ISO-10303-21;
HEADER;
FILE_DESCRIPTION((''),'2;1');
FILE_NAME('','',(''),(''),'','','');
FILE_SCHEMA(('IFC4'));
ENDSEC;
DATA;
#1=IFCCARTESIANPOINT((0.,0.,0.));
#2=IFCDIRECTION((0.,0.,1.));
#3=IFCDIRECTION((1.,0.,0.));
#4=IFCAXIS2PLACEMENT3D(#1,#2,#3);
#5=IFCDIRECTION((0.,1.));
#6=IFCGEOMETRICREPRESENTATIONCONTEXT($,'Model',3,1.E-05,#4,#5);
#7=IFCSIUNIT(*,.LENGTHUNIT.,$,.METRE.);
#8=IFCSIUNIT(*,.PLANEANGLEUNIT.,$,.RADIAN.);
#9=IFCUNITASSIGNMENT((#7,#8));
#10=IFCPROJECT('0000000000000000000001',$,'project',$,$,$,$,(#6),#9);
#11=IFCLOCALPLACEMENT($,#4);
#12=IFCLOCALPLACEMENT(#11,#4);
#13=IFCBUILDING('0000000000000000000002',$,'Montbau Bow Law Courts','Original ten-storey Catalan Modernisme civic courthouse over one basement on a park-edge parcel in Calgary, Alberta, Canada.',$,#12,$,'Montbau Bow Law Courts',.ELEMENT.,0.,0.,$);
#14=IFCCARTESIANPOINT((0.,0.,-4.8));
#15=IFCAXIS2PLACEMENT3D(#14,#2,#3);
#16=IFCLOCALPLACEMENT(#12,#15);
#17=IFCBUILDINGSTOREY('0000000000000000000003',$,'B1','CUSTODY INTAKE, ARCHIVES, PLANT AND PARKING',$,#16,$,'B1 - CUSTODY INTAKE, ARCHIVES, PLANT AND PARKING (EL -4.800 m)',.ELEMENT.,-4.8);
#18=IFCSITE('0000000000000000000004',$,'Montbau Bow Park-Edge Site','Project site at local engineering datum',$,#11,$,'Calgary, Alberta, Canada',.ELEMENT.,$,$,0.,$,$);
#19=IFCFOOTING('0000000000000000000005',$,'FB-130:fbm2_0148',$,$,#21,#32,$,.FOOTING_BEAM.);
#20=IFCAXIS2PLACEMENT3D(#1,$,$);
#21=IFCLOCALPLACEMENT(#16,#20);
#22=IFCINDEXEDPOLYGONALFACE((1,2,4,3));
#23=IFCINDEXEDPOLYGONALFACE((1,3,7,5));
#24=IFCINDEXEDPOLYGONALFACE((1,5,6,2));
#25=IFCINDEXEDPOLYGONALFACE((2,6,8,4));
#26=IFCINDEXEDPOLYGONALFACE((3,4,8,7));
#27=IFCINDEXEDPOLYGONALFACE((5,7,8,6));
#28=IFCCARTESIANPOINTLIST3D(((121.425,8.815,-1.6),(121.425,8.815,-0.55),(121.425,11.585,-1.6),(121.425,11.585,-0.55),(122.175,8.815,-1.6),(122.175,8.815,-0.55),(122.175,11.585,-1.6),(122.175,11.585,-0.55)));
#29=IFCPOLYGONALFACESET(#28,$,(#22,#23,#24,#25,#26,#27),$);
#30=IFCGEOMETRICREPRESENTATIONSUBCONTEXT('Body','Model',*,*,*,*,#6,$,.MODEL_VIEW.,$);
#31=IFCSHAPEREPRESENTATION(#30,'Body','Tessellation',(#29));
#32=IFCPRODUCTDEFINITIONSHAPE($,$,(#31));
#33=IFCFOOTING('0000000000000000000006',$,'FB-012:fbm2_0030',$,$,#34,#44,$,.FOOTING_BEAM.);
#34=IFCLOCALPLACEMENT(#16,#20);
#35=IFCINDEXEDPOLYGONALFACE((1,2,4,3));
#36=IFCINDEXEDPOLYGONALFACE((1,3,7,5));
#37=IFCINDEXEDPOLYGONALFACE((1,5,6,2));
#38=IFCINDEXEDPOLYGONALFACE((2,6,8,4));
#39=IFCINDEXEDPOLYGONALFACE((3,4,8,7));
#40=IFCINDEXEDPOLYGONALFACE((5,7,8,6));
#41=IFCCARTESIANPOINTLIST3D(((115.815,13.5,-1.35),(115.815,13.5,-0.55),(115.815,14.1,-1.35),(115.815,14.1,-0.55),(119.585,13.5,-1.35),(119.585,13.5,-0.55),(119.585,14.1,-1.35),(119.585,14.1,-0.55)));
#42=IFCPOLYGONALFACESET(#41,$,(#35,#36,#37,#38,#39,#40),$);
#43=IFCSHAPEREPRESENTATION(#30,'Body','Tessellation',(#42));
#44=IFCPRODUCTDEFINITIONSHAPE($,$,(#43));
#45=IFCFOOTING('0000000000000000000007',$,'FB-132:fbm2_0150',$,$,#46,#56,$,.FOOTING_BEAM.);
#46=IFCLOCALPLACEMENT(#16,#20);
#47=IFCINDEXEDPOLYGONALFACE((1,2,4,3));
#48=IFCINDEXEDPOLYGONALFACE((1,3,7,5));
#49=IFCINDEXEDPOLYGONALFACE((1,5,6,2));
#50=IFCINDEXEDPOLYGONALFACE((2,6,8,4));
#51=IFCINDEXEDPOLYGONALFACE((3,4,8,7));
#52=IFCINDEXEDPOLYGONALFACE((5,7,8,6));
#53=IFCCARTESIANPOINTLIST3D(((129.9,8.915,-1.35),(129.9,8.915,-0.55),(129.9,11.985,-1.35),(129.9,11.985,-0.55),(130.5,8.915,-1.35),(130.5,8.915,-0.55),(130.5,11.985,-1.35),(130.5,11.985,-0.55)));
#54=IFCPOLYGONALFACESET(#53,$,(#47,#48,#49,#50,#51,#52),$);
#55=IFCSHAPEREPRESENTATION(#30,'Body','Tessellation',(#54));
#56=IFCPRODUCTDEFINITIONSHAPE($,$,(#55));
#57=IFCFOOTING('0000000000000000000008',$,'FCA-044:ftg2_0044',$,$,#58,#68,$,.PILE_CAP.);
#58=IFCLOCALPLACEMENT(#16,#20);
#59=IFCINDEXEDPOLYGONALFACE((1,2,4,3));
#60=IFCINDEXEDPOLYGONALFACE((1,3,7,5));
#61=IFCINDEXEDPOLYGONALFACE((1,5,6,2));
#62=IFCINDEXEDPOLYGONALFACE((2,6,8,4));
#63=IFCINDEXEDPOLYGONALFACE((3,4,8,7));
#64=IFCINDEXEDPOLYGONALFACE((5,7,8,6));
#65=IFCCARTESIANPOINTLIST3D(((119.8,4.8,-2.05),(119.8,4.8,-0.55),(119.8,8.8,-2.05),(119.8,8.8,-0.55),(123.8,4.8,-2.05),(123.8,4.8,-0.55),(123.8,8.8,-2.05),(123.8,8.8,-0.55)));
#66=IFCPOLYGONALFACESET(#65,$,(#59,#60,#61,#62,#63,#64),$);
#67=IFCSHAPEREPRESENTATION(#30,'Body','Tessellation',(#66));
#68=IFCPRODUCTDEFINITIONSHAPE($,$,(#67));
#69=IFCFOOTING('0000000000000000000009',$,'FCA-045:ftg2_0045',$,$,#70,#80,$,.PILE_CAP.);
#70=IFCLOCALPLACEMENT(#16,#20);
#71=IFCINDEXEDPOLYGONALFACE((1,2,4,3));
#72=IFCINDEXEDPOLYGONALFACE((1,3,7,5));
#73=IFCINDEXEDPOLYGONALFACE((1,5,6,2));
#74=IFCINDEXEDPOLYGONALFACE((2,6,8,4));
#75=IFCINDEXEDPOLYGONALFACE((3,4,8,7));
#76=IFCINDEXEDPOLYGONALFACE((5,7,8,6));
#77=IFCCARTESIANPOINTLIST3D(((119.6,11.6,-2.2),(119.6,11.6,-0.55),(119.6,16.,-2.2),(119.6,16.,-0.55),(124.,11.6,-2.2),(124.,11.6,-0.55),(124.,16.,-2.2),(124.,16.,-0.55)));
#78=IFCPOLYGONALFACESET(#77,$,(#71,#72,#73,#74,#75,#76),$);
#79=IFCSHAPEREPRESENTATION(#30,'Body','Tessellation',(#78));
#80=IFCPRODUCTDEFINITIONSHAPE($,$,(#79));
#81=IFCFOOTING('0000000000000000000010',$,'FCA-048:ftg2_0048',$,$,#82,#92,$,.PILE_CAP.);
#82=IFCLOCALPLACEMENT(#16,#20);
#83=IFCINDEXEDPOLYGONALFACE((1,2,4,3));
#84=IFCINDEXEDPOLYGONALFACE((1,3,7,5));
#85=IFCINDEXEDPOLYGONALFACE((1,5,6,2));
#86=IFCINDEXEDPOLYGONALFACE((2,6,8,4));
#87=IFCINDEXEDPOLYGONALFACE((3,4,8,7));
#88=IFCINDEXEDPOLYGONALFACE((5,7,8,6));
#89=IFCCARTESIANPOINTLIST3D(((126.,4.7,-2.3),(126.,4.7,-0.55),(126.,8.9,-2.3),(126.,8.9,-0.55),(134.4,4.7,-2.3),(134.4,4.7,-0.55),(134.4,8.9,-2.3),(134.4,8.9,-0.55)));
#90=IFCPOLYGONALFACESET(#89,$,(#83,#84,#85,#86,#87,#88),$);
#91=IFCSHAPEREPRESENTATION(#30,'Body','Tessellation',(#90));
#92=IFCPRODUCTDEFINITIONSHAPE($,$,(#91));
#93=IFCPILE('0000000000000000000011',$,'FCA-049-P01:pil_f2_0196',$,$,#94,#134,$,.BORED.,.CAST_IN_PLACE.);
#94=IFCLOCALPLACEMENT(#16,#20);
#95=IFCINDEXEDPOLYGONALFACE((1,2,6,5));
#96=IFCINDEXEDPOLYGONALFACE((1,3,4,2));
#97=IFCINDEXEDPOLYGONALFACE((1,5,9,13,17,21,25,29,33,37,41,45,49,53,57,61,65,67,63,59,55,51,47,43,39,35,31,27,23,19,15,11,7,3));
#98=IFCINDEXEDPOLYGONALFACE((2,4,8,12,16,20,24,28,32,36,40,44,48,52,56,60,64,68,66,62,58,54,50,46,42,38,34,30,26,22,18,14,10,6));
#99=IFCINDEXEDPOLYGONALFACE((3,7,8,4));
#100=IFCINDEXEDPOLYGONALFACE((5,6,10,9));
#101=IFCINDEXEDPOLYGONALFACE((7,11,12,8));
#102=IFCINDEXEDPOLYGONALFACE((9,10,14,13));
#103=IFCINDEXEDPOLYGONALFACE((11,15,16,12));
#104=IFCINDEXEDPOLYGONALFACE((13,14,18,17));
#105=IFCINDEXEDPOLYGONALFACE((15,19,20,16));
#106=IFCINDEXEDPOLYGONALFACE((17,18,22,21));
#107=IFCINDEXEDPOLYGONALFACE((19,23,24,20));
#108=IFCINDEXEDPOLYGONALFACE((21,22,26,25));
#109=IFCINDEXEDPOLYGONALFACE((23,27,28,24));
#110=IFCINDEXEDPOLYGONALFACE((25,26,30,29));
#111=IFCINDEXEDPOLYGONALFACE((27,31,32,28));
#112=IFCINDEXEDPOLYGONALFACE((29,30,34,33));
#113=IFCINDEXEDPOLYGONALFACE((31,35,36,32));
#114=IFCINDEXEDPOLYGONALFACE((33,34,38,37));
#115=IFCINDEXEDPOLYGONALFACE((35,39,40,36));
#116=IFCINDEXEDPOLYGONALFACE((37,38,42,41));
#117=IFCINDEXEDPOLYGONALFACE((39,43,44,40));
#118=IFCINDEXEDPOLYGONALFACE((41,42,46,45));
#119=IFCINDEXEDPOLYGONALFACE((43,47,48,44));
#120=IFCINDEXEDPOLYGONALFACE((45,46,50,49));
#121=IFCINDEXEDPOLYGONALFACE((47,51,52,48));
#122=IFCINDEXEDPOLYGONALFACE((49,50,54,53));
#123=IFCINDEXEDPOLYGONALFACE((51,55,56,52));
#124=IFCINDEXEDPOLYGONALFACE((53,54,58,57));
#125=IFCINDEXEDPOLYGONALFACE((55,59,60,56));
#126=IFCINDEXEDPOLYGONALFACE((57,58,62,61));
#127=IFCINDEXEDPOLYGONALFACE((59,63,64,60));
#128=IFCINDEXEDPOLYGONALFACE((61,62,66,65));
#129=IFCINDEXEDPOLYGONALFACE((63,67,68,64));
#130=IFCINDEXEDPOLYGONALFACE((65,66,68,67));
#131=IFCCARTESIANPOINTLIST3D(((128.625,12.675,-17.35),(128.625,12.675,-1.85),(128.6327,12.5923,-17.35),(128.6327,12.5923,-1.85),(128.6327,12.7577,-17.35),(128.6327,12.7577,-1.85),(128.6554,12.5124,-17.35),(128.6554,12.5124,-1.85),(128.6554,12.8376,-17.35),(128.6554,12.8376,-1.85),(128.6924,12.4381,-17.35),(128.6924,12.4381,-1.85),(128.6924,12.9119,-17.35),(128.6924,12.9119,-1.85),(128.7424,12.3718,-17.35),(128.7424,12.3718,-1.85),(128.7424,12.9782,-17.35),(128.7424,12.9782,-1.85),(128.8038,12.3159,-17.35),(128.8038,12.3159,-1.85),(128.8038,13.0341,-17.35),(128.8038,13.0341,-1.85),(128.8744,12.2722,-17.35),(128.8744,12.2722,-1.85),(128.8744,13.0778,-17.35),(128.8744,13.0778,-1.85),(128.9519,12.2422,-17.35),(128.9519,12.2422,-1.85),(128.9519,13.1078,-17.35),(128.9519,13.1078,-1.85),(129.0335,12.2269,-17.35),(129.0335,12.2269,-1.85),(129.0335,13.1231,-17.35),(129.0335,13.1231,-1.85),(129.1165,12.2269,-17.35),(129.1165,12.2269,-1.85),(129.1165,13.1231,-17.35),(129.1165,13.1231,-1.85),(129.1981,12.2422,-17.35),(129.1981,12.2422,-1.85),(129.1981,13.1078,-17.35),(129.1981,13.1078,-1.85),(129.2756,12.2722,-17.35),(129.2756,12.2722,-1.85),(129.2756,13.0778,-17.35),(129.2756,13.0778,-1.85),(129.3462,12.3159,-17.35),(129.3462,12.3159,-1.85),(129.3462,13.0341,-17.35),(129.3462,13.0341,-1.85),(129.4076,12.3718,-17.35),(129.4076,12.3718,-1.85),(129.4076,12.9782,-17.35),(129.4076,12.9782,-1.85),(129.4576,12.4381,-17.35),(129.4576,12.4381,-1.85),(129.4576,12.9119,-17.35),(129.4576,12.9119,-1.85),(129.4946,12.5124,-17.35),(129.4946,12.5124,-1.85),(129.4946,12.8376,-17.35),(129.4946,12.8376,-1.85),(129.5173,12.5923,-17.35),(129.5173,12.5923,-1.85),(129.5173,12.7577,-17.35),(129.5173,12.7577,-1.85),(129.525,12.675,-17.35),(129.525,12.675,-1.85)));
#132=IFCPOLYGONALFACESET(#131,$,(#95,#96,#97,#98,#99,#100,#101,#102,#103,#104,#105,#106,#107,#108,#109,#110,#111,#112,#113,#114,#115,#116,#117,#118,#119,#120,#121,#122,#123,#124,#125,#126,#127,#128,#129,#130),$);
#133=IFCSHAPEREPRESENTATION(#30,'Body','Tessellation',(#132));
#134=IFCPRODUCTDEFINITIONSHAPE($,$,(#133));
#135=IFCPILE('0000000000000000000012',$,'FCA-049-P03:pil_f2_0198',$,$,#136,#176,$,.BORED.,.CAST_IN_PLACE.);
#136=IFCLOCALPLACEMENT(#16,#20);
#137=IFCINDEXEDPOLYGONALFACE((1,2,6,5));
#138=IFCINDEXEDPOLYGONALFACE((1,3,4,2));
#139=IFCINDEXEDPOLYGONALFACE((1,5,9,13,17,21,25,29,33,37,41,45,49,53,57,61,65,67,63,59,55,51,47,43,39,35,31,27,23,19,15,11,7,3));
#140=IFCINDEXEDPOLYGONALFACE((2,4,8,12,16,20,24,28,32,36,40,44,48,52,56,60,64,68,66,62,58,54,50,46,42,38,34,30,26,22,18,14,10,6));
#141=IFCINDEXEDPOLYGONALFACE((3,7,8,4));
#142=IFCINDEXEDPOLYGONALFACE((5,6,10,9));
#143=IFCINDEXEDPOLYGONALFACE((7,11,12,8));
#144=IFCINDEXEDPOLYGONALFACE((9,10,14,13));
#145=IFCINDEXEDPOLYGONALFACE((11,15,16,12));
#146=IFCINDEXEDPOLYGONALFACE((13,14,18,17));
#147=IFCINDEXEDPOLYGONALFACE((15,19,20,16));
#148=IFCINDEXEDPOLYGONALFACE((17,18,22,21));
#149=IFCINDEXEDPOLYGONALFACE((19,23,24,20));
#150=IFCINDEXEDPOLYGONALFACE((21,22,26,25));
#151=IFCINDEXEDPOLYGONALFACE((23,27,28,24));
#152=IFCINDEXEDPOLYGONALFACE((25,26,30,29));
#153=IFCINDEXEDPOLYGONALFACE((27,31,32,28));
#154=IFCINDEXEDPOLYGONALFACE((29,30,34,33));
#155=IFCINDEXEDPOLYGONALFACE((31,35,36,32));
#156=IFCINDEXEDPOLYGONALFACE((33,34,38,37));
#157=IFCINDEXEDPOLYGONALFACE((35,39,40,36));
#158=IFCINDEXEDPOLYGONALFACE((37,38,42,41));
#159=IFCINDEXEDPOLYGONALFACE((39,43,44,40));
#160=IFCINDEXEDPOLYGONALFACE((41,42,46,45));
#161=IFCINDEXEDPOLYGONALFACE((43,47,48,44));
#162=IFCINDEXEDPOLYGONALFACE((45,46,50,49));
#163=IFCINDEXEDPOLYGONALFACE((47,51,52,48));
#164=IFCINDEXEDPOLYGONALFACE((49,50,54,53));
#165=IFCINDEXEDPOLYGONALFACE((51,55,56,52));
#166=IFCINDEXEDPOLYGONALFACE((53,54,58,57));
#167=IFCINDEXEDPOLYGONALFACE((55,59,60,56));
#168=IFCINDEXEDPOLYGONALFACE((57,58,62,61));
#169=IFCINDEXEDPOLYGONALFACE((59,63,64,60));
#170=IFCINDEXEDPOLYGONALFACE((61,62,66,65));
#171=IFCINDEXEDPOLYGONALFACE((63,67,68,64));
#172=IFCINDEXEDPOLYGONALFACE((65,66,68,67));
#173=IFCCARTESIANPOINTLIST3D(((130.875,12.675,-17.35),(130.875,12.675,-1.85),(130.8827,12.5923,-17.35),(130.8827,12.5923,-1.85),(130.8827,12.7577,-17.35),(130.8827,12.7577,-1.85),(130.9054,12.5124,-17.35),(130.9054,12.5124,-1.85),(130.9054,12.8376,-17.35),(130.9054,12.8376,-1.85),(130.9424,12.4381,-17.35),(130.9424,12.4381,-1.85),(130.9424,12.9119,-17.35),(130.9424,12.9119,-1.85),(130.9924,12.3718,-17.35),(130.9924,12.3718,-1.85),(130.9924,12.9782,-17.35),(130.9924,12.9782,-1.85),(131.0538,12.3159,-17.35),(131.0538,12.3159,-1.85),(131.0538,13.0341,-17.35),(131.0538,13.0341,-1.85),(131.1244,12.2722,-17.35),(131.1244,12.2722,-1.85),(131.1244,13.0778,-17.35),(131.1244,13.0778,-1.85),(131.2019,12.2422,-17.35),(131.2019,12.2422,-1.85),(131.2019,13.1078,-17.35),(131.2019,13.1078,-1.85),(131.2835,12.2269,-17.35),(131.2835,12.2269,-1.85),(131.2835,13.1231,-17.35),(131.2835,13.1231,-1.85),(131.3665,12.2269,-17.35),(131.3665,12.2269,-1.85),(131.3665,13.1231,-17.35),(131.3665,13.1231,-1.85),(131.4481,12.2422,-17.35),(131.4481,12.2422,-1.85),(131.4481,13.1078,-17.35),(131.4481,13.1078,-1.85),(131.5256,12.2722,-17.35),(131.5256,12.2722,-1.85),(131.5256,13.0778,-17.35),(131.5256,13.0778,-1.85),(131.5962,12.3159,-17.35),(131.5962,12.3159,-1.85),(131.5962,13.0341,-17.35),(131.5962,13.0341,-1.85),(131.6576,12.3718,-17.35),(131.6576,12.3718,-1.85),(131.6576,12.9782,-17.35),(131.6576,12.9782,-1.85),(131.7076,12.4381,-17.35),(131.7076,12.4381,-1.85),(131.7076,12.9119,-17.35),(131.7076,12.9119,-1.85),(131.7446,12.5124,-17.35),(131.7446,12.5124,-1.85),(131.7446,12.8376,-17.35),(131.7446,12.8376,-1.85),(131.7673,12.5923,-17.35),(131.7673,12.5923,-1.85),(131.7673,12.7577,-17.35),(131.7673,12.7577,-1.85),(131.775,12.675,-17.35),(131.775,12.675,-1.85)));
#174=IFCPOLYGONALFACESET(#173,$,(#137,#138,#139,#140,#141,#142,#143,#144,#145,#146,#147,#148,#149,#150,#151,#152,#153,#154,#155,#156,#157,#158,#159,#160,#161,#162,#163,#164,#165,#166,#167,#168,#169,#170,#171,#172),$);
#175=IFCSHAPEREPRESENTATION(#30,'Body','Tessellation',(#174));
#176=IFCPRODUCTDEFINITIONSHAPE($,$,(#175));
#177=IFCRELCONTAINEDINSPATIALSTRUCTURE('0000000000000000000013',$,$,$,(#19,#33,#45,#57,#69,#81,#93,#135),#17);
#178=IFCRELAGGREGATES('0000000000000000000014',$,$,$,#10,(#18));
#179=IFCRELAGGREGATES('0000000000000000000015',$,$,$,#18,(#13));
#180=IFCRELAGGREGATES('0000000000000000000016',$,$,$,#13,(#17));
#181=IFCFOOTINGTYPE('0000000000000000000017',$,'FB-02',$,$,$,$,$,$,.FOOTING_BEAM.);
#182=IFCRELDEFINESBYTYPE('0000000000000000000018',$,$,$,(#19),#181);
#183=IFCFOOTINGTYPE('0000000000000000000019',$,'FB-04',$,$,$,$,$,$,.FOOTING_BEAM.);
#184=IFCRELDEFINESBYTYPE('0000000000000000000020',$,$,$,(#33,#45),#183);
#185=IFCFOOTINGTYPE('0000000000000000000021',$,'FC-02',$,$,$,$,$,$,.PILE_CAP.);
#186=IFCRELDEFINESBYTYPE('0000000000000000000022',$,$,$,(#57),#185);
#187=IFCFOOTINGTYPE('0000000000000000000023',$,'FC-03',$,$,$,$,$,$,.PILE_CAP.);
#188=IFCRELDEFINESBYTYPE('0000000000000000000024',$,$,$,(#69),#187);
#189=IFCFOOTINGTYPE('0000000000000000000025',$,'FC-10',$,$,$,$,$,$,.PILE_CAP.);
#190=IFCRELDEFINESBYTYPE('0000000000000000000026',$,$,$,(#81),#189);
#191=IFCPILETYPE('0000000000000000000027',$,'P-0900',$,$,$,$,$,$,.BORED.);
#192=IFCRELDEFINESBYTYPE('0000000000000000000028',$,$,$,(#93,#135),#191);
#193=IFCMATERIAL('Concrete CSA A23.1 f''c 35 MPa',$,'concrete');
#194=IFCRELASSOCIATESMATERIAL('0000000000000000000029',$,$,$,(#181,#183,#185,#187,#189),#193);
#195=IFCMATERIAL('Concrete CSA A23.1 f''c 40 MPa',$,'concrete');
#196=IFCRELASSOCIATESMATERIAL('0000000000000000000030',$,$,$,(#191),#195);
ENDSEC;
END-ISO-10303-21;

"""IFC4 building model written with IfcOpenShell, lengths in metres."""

from ifc_helpers import new_model, si_unit, direction, frame, origin_with_axes, origin_2d_with_axis, place, context, subcontext, project, spatial, rectangle, circle, extrude, material, material_profile, profile_set, type_object, element, save


model = new_model("IFC4")

# Units and contexts
model_context = context("Model", 3, precision=1e-05, world=origin_with_axes(), true_north=direction((0.0, 1.0)))
body_context = subcontext(model_context, "Body", "Model", "MODEL_VIEW")
ifc_project = project(units=[si_unit("LENGTHUNIT", "METRE"), si_unit("PLANEANGLEUNIT", "RADIAN")], contexts=[model_context])

# Site, building, storey
site_placement = place(None, origin_with_axes())
site = spatial("IfcSite", under=ifc_project, at=site_placement, Name="Montbau Bow Park-Edge Site", Description="Project site at local engineering datum", LongName="Calgary, Alberta, Canada", CompositionType="ELEMENT", RefElevation=0.0)
building_placement = place(site_placement, origin_with_axes())
building = spatial("IfcBuilding", under=site, at=building_placement, Name="Montbau Bow Law Courts", Description="Original ten-storey Catalan Modernisme civic courthouse over one basement on a park-edge parcel in Calgary, Alberta, Canada.", LongName="Montbau Bow Law Courts", CompositionType="ELEMENT", ElevationOfRefHeight=0.0, ElevationOfTerrain=0.0)
storey_placement = place(building_placement, frame((0.0, 0.0, -4.8), z_axis=(0.0, 0.0, 1.0), x_axis=(1.0, 0.0, 0.0)))
storey = spatial("IfcBuildingStorey", under=building, at=storey_placement, Name="B1", Description="CUSTODY INTAKE, ARCHIVES, PLANT AND PARKING", LongName="B1 - CUSTODY INTAKE, ARCHIVES, PLANT AND PARKING (EL -4.800 m)", CompositionType="ELEMENT", Elevation=-4.8)

# Footings
ifc_material_1 = material(Name="Concrete CSA A23.1 f'c 35 MPa", Category="concrete")
footing_type_1 = type_object("IfcFootingType", Name="FB-02", PredefinedType="FOOTING_BEAM", material=ifc_material_1)
footing_1_placement = place(None, frame((121.8, 10.2, -6.4), z_axis=(0.0, 0.0, 1.0), x_axis=(0.0, 1.0, 0.0)))
element("IfcFooting", 1, at=footing_1_placement, inside=storey, type_object=footing_type_1, Name="FB-130:fbm2_0148", PredefinedType="FOOTING_BEAM", context=body_context, shape_type="SweptSolid", body=[
    extrude(rectangle(XDim=2.77, YDim=0.75, at=origin_2d_with_axis()), origin_with_axes(), (0.0, 0.0, 1.0), 1.05),
])
footing_type_2 = type_object("IfcFootingType", Name="FB-04", PredefinedType="FOOTING_BEAM", material=ifc_material_1)
footing_2_placement = place(None, frame((117.7, 13.8, -6.15), z_axis=(0.0, 0.0, 1.0), x_axis=(1.0, 0.0, 0.0)))
element("IfcFooting", 2, at=footing_2_placement, inside=storey, type_object=footing_type_2, Name="FB-012:fbm2_0030", PredefinedType="FOOTING_BEAM", context=body_context, shape_type="SweptSolid", body=[
    extrude(rectangle(XDim=3.77, YDim=0.6, at=origin_2d_with_axis()), origin_with_axes(), (0.0, 0.0, 1.0), 0.8),
])
footing_3_placement = place(None, frame((130.2, 10.45, -6.15), z_axis=(0.0, 0.0, 1.0), x_axis=(0.0, 1.0, 0.0)))
element("IfcFooting", 3, at=footing_3_placement, inside=storey, type_object=footing_type_2, Name="FB-132:fbm2_0150", PredefinedType="FOOTING_BEAM", context=body_context, shape_type="SweptSolid", body=[
    extrude(rectangle(XDim=3.07, YDim=0.6, at=origin_2d_with_axis()), origin_with_axes(), (0.0, 0.0, 1.0), 0.8),
])
footing_type_3 = type_object("IfcFootingType", Name="FC-02", PredefinedType="PILE_CAP", material=ifc_material_1)
footing_4_placement = place(None, frame((121.8, 6.8, -6.85), z_axis=(0.0, 0.0, 1.0), x_axis=(1.0, 0.0, 0.0)))
element("IfcFooting", 4, at=footing_4_placement, inside=storey, type_object=footing_type_3, Name="FCA-044:ftg2_0044", PredefinedType="PILE_CAP", context=body_context, shape_type="SweptSolid", body=[
    extrude(rectangle(XDim=4.0, YDim=4.0, at=origin_2d_with_axis()), origin_with_axes(), (0.0, 0.0, 1.0), 1.5),
])
footing_type_4 = type_object("IfcFootingType", Name="FC-03", PredefinedType="PILE_CAP", material=ifc_material_1)
footing_5_placement = place(None, frame((121.8, 13.8, -7.0), z_axis=(0.0, 0.0, 1.0), x_axis=(1.0, 0.0, 0.0)))
element("IfcFooting", 5, at=footing_5_placement, inside=storey, type_object=footing_type_4, Name="FCA-045:ftg2_0045", PredefinedType="PILE_CAP", context=body_context, shape_type="SweptSolid", body=[
    extrude(rectangle(XDim=4.4, YDim=4.4, at=origin_2d_with_axis()), origin_with_axes(), (0.0, 0.0, 1.0), 1.65),
])
footing_type_5 = type_object("IfcFootingType", Name="FC-10", PredefinedType="PILE_CAP", material=ifc_material_1)
footing_6_placement = place(None, frame((130.2, 6.8, -7.1), z_axis=(0.0, 0.0, 1.0), x_axis=(1.0, 0.0, 0.0)))
element("IfcFooting", 6, at=footing_6_placement, inside=storey, type_object=footing_type_5, Name="FCA-048:ftg2_0048", PredefinedType="PILE_CAP", context=body_context, shape_type="SweptSolid", body=[
    extrude(rectangle(XDim=8.4, YDim=4.2, at=origin_2d_with_axis()), origin_with_axes(), (0.0, 0.0, 1.0), 1.75),
])

# Piles
ifc_material_2 = material(Name="Concrete CSA A23.1 f'c 40 MPa", Category="concrete")
ifc_material_profile_1 = material_profile(ifc_material_2, circle(Radius=0.45, at=origin_2d_with_axis()), Name="BP900", Category="Main", Priority=0)
ifc_profile_set_1 = profile_set([ifc_material_profile_1], Name="Concrete CSA A23.1 f'c 40 MPa")
pile_type_1 = type_object("IfcPileType", Name="P-0900", PredefinedType="BORED", material=ifc_profile_set_1)
for number, where, z_axis, x_axis, name in (
    (7, (129.075, 12.675, -22.15), (0.0, 0.0, 1.0), (1.0, 0.0, 0.0), "FCA-049-P01:pil_f2_0196"),
    (8, (131.325, 12.675, -22.15), (0.0, 0.0, 1.0), (1.0, 0.0, 0.0), "FCA-049-P03:pil_f2_0198"),
):
    element("IfcPile", number, at=place(None, frame(where, z_axis=z_axis, x_axis=x_axis)), inside=storey, type_object=pile_type_1, Name=name, ConstructionType="CAST_IN_PLACE", PredefinedType="BORED", context=body_context, shape_type="SweptSolid", body=[
        extrude(circle(Radius=0.45, at=origin_2d_with_axis()), origin_with_axes(), (0.0, 0.0, 1.0), 15.5),
    ])

save(model, "model.ifc")
